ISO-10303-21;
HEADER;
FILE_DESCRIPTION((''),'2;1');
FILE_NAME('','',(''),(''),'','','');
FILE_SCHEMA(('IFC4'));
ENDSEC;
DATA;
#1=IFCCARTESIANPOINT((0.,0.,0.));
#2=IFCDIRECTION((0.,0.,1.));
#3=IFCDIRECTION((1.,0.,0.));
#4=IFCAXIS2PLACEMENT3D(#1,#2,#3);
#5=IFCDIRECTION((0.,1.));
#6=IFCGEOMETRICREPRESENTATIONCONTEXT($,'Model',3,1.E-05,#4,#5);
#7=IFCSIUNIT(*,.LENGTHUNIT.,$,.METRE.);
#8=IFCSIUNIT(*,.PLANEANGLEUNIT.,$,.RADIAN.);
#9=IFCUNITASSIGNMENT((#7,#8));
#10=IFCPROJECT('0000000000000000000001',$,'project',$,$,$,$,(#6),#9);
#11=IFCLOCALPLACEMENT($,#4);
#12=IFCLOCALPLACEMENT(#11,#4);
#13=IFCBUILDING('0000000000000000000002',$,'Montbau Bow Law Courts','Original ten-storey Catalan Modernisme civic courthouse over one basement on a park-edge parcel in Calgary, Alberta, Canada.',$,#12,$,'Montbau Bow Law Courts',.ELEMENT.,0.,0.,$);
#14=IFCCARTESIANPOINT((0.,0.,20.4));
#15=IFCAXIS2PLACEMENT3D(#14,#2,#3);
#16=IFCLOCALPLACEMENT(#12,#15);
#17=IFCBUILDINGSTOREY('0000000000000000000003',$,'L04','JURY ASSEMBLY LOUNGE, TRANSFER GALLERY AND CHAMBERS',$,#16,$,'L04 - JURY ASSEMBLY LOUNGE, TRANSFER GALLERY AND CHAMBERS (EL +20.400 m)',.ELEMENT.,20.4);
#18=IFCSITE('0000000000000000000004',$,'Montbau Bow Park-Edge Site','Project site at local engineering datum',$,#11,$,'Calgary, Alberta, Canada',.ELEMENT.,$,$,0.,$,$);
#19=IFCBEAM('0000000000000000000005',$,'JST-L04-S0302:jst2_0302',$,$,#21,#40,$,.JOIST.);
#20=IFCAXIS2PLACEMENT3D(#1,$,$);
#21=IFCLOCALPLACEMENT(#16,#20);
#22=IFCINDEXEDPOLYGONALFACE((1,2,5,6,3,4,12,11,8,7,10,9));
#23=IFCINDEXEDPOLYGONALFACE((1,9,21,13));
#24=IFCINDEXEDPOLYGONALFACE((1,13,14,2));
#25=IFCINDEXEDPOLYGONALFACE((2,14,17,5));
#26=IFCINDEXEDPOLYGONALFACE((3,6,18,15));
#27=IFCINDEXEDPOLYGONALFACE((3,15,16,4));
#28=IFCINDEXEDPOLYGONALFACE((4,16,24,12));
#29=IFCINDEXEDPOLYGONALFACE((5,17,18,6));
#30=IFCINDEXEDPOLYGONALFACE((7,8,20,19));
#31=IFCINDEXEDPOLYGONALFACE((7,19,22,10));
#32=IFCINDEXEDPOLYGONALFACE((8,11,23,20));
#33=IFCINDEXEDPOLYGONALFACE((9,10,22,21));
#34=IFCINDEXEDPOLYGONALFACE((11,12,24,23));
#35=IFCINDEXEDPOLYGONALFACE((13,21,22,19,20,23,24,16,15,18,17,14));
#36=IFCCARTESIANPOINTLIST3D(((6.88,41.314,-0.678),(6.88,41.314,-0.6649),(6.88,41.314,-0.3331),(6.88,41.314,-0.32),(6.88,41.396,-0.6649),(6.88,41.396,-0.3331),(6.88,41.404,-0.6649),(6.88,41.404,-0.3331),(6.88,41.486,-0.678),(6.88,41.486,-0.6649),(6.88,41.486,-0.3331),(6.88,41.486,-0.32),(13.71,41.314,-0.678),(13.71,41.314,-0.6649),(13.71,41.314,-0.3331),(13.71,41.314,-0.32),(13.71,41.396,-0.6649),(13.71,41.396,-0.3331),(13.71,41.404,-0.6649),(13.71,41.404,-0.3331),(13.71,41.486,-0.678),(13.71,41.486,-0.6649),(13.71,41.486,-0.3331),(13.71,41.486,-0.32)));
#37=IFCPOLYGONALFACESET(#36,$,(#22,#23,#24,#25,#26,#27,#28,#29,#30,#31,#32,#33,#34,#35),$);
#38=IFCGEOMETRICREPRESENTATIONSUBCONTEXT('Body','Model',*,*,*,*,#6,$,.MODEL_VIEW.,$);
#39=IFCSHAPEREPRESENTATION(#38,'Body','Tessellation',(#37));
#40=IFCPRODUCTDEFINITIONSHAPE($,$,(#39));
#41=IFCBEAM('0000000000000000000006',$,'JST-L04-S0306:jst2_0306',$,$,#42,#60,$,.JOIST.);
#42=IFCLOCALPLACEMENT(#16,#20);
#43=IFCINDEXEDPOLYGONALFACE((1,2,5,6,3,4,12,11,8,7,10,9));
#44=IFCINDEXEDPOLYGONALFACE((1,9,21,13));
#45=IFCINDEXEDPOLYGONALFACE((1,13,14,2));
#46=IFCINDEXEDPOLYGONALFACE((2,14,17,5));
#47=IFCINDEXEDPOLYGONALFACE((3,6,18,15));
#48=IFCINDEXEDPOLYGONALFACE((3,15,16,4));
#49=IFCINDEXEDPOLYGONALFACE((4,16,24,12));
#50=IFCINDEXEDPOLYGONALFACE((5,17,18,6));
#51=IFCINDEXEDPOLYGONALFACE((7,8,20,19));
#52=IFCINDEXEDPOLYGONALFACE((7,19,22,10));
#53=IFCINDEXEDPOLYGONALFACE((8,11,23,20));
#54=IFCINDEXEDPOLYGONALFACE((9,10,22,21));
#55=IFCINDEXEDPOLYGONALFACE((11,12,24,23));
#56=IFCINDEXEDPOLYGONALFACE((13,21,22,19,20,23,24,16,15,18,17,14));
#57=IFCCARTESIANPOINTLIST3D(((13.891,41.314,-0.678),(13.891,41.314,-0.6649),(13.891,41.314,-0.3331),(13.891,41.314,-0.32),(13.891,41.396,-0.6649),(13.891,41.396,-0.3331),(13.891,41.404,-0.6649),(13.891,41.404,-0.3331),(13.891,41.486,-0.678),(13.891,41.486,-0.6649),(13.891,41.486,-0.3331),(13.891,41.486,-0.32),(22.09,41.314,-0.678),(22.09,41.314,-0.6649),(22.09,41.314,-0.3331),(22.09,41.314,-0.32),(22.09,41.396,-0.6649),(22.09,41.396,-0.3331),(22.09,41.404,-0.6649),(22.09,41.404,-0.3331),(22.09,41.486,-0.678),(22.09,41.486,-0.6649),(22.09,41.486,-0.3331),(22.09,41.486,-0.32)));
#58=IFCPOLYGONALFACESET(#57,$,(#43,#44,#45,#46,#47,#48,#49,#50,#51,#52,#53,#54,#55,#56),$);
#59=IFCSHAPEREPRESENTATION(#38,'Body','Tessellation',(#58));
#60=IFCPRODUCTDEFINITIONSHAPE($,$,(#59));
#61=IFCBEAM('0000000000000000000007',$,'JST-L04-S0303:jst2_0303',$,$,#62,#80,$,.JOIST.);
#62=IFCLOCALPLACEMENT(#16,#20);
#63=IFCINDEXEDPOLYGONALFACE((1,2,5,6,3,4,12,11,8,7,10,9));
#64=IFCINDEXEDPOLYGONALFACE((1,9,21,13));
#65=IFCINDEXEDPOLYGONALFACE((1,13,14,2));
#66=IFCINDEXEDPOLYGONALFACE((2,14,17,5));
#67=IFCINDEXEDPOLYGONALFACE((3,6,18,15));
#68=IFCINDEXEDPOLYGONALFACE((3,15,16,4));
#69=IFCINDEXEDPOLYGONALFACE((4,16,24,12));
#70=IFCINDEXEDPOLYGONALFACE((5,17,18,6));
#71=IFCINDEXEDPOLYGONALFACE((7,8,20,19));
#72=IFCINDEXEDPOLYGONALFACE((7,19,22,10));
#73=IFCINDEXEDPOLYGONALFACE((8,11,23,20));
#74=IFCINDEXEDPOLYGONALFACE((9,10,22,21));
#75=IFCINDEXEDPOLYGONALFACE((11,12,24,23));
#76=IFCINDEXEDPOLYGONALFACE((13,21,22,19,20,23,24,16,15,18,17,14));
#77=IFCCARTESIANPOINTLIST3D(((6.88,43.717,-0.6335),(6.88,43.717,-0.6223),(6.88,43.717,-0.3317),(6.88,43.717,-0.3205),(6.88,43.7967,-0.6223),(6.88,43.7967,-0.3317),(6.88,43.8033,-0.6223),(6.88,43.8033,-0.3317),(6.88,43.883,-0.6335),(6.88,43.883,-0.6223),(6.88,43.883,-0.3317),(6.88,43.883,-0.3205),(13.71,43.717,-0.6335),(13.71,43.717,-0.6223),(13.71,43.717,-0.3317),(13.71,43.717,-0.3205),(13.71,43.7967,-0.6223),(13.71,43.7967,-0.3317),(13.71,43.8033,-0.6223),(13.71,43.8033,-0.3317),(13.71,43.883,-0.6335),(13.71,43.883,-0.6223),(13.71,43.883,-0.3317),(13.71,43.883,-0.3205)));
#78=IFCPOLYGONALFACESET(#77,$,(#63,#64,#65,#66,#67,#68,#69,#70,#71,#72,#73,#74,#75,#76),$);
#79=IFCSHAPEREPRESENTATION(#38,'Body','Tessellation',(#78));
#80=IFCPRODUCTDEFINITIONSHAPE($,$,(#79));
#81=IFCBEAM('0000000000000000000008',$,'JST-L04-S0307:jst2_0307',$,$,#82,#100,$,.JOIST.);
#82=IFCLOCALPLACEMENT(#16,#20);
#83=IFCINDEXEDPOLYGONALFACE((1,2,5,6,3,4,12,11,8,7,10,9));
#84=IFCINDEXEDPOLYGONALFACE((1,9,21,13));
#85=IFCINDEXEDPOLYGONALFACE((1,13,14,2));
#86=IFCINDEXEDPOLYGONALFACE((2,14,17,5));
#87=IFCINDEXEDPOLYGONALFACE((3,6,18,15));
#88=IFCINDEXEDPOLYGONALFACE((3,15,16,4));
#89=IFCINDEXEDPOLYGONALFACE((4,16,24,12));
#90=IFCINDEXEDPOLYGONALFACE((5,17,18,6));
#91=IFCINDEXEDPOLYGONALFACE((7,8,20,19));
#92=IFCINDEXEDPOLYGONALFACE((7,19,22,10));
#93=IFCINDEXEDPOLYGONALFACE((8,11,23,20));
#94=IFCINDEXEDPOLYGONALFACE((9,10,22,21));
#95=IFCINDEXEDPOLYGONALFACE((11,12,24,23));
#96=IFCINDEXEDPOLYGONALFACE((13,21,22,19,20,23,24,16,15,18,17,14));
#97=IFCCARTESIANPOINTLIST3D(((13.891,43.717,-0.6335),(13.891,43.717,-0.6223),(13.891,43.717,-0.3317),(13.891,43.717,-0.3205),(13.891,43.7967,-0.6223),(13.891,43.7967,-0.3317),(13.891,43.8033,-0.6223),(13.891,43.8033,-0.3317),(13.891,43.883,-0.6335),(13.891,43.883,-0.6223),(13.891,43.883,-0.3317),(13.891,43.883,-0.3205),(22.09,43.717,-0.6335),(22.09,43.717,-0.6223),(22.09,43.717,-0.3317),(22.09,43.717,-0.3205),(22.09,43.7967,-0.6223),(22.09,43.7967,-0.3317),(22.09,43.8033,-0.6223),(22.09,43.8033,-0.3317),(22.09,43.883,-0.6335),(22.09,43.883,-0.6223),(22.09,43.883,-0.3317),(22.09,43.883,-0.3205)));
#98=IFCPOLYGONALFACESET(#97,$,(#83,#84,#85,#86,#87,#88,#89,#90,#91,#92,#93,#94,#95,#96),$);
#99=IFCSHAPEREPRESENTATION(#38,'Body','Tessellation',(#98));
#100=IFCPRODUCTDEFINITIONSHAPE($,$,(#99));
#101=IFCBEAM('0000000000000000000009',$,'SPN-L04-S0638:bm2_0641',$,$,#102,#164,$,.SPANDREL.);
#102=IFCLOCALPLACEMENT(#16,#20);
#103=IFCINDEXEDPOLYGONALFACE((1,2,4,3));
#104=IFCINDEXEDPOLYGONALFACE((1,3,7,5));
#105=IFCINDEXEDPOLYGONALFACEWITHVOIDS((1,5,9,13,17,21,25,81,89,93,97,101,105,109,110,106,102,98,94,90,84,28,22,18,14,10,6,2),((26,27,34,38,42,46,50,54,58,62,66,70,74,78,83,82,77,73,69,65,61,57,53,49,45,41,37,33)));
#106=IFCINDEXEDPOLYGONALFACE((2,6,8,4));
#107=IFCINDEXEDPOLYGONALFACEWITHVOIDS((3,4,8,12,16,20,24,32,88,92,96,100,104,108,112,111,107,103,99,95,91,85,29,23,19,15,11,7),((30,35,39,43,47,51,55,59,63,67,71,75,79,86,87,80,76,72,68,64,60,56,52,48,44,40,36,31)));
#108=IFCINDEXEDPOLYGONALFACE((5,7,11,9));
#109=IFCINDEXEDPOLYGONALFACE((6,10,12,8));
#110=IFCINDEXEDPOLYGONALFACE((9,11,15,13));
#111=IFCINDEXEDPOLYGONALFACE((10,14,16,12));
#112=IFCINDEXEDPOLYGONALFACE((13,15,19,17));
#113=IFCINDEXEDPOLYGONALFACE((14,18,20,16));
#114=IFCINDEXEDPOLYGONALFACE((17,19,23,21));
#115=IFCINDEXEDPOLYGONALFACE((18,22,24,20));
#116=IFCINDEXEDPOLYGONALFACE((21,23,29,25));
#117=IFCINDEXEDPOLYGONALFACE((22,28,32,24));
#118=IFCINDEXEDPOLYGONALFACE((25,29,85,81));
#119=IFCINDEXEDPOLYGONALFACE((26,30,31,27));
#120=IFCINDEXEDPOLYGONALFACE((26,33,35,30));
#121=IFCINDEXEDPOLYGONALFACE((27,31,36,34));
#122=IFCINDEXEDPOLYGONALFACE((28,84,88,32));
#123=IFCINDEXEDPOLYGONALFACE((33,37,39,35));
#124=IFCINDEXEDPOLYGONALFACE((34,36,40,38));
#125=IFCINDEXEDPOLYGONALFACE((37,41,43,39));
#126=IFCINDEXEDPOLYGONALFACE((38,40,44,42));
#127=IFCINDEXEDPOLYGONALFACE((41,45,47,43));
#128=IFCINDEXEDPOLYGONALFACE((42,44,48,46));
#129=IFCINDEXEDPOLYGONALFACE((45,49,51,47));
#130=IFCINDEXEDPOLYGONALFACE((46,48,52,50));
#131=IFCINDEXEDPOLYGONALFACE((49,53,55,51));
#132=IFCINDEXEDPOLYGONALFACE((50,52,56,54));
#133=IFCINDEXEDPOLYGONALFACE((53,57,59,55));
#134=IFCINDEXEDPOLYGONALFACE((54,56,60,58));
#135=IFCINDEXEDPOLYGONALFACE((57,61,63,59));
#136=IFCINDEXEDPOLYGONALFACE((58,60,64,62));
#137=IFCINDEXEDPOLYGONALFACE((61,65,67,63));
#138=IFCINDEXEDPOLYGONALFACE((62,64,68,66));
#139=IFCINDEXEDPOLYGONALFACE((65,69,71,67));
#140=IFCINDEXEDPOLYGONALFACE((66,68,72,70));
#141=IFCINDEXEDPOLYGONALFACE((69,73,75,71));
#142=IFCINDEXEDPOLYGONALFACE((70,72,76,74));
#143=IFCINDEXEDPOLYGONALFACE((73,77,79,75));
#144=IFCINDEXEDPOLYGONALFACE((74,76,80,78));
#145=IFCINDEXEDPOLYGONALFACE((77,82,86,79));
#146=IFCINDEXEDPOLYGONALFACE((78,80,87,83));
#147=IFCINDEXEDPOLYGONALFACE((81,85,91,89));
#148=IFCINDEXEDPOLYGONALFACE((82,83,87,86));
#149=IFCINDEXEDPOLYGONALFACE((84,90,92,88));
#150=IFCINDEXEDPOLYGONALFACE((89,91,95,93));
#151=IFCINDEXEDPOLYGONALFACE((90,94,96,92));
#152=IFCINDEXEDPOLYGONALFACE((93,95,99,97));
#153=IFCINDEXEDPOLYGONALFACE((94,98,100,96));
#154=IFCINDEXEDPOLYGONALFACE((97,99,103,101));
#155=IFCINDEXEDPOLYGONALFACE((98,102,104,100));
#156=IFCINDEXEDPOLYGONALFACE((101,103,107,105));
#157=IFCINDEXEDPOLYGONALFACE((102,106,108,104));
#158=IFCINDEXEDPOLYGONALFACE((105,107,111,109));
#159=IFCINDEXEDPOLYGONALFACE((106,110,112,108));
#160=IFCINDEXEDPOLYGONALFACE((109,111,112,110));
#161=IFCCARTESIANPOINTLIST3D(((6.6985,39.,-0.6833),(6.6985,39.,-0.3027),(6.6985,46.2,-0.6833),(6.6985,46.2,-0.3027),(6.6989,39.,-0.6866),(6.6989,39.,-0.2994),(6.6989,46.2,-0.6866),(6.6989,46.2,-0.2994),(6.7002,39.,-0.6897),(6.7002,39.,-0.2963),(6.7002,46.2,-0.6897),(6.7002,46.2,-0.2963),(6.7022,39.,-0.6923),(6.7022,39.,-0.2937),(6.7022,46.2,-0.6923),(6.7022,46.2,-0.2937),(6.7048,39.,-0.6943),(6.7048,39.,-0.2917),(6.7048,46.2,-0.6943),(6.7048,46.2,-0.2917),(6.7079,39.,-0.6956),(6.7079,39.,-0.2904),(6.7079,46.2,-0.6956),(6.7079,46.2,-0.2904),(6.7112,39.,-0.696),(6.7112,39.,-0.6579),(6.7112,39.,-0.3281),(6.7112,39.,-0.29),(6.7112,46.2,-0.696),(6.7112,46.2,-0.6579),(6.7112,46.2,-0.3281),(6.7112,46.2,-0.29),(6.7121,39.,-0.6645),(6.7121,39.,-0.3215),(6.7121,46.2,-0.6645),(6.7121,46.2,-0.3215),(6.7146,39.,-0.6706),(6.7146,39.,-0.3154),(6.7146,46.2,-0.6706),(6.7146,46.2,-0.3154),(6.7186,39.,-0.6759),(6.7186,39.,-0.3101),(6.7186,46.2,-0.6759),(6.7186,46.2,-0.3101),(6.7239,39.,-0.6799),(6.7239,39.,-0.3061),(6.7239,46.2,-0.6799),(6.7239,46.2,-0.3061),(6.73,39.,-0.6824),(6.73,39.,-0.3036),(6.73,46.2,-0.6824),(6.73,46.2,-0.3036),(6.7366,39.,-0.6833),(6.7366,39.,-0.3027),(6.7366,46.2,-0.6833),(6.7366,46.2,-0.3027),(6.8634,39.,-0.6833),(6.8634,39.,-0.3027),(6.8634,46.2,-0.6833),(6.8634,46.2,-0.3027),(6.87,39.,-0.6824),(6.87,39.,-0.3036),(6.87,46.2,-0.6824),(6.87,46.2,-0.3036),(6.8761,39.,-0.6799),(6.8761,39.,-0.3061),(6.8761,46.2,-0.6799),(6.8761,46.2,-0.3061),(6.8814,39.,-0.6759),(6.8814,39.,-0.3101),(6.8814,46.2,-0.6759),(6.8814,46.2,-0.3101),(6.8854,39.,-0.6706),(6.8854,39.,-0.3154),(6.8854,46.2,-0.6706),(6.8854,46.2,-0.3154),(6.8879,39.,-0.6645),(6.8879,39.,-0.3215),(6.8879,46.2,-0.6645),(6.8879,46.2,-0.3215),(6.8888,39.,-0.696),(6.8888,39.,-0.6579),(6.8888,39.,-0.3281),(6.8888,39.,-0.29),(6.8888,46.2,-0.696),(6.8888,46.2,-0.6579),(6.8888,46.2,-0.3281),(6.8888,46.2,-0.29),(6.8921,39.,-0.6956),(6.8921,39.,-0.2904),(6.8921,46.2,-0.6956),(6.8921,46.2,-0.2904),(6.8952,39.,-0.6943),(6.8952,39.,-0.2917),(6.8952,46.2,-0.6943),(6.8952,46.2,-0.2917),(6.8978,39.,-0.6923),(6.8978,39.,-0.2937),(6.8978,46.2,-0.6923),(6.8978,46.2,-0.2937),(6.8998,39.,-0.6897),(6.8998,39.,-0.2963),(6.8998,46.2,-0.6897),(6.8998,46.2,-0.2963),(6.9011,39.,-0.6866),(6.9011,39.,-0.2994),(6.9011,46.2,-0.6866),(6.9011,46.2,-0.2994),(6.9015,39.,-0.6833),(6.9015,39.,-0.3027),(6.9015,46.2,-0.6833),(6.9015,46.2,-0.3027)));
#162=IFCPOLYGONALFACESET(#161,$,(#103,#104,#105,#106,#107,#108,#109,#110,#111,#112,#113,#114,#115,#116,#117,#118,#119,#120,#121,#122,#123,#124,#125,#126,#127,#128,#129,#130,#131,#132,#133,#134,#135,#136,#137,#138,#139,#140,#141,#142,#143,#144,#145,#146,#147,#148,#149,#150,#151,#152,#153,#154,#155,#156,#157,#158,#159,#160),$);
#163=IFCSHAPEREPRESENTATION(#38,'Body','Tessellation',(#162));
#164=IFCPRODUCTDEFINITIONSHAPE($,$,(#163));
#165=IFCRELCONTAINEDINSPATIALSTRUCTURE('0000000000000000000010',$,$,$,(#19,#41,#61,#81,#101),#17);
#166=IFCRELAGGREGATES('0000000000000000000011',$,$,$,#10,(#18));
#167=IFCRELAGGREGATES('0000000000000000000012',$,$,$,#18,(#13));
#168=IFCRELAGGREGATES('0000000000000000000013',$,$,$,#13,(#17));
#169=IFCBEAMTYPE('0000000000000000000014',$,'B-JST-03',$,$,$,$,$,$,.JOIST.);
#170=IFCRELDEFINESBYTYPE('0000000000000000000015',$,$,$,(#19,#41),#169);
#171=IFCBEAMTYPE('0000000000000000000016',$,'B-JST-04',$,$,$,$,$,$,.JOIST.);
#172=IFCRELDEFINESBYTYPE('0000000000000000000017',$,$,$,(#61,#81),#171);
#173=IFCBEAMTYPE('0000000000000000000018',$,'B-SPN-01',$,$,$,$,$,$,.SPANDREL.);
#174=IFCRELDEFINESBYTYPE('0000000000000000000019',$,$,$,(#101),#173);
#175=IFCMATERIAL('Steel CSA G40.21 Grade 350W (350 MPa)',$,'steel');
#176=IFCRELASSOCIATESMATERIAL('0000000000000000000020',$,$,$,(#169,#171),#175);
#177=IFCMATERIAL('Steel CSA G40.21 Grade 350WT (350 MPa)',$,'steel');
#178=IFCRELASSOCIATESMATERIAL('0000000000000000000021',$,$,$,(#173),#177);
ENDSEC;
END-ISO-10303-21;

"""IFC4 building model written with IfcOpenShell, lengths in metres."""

from ifc_helpers import new_model, si_unit, direction, frame, origin_with_axes, origin_2d_with_axis, place, context, subcontext, project, spatial, hollow_rectangle, i_section, extrude, material, material_profile, profile_set, type_object, element, save


model = new_model("IFC4")

# Units and contexts
model_context = context("Model", 3, precision=1e-05, world=origin_with_axes(), true_north=direction((0.0, 1.0)))
body_context = subcontext(model_context, "Body", "Model", "MODEL_VIEW")
ifc_project = project(units=[si_unit("LENGTHUNIT", "METRE"), si_unit("PLANEANGLEUNIT", "RADIAN")], contexts=[model_context])

# Site, building, storey
site_placement = place(None, origin_with_axes())
site = spatial("IfcSite", under=ifc_project, at=site_placement, Name="Montbau Bow Park-Edge Site", Description="Project site at local engineering datum", LongName="Calgary, Alberta, Canada", CompositionType="ELEMENT", RefElevation=0.0)
building_placement = place(site_placement, origin_with_axes())
building = spatial("IfcBuilding", under=site, at=building_placement, Name="Montbau Bow Law Courts", Description="Original ten-storey Catalan Modernisme civic courthouse over one basement on a park-edge parcel in Calgary, Alberta, Canada.", LongName="Montbau Bow Law Courts", CompositionType="ELEMENT", ElevationOfRefHeight=0.0, ElevationOfTerrain=0.0)
storey_placement = place(building_placement, frame((0.0, 0.0, 20.4), z_axis=(0.0, 0.0, 1.0), x_axis=(1.0, 0.0, 0.0)))
storey = spatial("IfcBuildingStorey", under=building, at=storey_placement, Name="L04", Description="JURY ASSEMBLY LOUNGE, TRANSFER GALLERY AND CHAMBERS", LongName="L04 - JURY ASSEMBLY LOUNGE, TRANSFER GALLERY AND CHAMBERS (EL +20.400 m)", CompositionType="ELEMENT", Elevation=20.4)

# Shared definitions
ifc_material_1 = material(Name="Steel CSA G40.21 Grade 350W (350 MPa)", Category="steel")

# Beams
ifc_material_profile_1 = material_profile(ifc_material_1, i_section(OverallWidth=0.172, OverallDepth=0.358, WebThickness=0.0079, FlangeThickness=0.0131, at=origin_2d_with_axis()), Name="W360X57", Category="Main", Priority=0)
ifc_profile_set_1 = profile_set([ifc_material_profile_1], Name="Steel CSA G40.21 Grade 350W (350 MPa)")
beam_type_1 = type_object("IfcBeamType", Name="B-JST-03", PredefinedType="JOIST", material=ifc_profile_set_1)
beam_1_placement = place(None, frame((6.88, 41.4, 19.901), z_axis=(1.0, 0.0, 0.0), x_axis=(0.0, 1.0, 0.0)))
element("IfcBeam", 1, at=beam_1_placement, inside=storey, type_object=beam_type_1, Name="JST-L04-S0302:jst2_0302", PredefinedType="JOIST", context=body_context, shape_type="SweptSolid", body=[
    extrude(i_section(OverallWidth=0.172, OverallDepth=0.358, WebThickness=0.0079, FlangeThickness=0.0131, at=origin_2d_with_axis()), origin_with_axes(), (0.0, 0.0, 1.0), 6.83),
])
beam_2_placement = place(None, frame((13.891, 41.4, 19.901), z_axis=(1.0, 0.0, 0.0), x_axis=(0.0, 1.0, 0.0)))
element("IfcBeam", 2, at=beam_2_placement, inside=storey, type_object=beam_type_1, Name="JST-L04-S0306:jst2_0306", PredefinedType="JOIST", context=body_context, shape_type="SweptSolid", body=[
    extrude(i_section(OverallWidth=0.172, OverallDepth=0.358, WebThickness=0.0079, FlangeThickness=0.0131, at=origin_2d_with_axis()), origin_with_axes(), (0.0, 0.0, 1.0), 8.199),
])
ifc_material_profile_2 = material_profile(ifc_material_1, i_section(OverallWidth=0.166, OverallDepth=0.313, WebThickness=0.0066, FlangeThickness=0.0112, at=origin_2d_with_axis()), Name="W310X45", Category="Main", Priority=0)
ifc_profile_set_2 = profile_set([ifc_material_profile_2], Name="Steel CSA G40.21 Grade 350W (350 MPa)")
beam_type_2 = type_object("IfcBeamType", Name="B-JST-04", PredefinedType="JOIST", material=ifc_profile_set_2)
beam_3_placement = place(None, frame((6.88, 43.8, 19.923), z_axis=(1.0, 0.0, 0.0), x_axis=(0.0, 1.0, 0.0)))
element("IfcBeam", 3, at=beam_3_placement, inside=storey, type_object=beam_type_2, Name="JST-L04-S0303:jst2_0303", PredefinedType="JOIST", context=body_context, shape_type="SweptSolid", body=[
    extrude(i_section(OverallWidth=0.166, OverallDepth=0.313, WebThickness=0.0066, FlangeThickness=0.0112, at=origin_2d_with_axis()), origin_with_axes(), (0.0, 0.0, 1.0), 6.83),
])
beam_4_placement = place(None, frame((13.891, 43.8, 19.923), z_axis=(1.0, 0.0, 0.0), x_axis=(0.0, 1.0, 0.0)))
element("IfcBeam", 4, at=beam_4_placement, inside=storey, type_object=beam_type_2, Name="JST-L04-S0307:jst2_0307", PredefinedType="JOIST", context=body_context, shape_type="SweptSolid", body=[
    extrude(i_section(OverallWidth=0.166, OverallDepth=0.313, WebThickness=0.0066, FlangeThickness=0.0112, at=origin_2d_with_axis()), origin_with_axes(), (0.0, 0.0, 1.0), 8.199),
])
ifc_material_2 = material(Name="Steel CSA G40.21 Grade 350WT (350 MPa)", Category="steel")
ifc_material_profile_3 = material_profile(ifc_material_2, hollow_rectangle(XDim=0.203, YDim=0.406, WallThickness=0.0127, InnerFilletRadius=0.0254, OuterFilletRadius=0.0127, at=origin_2d_with_axis()), Name="HSS406X203X13", Category="Main", Priority=0)
ifc_profile_set_3 = profile_set([ifc_material_profile_3], Name="Steel CSA G40.21 Grade 350WT (350 MPa)")
beam_type_3 = type_object("IfcBeamType", Name="B-SPN-01", PredefinedType="SPANDREL", material=ifc_profile_set_3)
beam_5_placement = place(None, frame((6.8, 39.0, 19.907), z_axis=(0.0, 1.0, 0.0), x_axis=(-1.0, 0.0, 0.0)))
element("IfcBeam", 5, at=beam_5_placement, inside=storey, type_object=beam_type_3, Name="SPN-L04-S0638:bm2_0641", PredefinedType="SPANDREL", context=body_context, shape_type="SweptSolid", body=[
    extrude(hollow_rectangle(XDim=0.203, YDim=0.406, WallThickness=0.0127, InnerFilletRadius=0.0254, OuterFilletRadius=0.0127, at=origin_2d_with_axis()), origin_with_axes(), (0.0, 0.0, 1.0), 7.2),
])

save(model, "model.ifc")
